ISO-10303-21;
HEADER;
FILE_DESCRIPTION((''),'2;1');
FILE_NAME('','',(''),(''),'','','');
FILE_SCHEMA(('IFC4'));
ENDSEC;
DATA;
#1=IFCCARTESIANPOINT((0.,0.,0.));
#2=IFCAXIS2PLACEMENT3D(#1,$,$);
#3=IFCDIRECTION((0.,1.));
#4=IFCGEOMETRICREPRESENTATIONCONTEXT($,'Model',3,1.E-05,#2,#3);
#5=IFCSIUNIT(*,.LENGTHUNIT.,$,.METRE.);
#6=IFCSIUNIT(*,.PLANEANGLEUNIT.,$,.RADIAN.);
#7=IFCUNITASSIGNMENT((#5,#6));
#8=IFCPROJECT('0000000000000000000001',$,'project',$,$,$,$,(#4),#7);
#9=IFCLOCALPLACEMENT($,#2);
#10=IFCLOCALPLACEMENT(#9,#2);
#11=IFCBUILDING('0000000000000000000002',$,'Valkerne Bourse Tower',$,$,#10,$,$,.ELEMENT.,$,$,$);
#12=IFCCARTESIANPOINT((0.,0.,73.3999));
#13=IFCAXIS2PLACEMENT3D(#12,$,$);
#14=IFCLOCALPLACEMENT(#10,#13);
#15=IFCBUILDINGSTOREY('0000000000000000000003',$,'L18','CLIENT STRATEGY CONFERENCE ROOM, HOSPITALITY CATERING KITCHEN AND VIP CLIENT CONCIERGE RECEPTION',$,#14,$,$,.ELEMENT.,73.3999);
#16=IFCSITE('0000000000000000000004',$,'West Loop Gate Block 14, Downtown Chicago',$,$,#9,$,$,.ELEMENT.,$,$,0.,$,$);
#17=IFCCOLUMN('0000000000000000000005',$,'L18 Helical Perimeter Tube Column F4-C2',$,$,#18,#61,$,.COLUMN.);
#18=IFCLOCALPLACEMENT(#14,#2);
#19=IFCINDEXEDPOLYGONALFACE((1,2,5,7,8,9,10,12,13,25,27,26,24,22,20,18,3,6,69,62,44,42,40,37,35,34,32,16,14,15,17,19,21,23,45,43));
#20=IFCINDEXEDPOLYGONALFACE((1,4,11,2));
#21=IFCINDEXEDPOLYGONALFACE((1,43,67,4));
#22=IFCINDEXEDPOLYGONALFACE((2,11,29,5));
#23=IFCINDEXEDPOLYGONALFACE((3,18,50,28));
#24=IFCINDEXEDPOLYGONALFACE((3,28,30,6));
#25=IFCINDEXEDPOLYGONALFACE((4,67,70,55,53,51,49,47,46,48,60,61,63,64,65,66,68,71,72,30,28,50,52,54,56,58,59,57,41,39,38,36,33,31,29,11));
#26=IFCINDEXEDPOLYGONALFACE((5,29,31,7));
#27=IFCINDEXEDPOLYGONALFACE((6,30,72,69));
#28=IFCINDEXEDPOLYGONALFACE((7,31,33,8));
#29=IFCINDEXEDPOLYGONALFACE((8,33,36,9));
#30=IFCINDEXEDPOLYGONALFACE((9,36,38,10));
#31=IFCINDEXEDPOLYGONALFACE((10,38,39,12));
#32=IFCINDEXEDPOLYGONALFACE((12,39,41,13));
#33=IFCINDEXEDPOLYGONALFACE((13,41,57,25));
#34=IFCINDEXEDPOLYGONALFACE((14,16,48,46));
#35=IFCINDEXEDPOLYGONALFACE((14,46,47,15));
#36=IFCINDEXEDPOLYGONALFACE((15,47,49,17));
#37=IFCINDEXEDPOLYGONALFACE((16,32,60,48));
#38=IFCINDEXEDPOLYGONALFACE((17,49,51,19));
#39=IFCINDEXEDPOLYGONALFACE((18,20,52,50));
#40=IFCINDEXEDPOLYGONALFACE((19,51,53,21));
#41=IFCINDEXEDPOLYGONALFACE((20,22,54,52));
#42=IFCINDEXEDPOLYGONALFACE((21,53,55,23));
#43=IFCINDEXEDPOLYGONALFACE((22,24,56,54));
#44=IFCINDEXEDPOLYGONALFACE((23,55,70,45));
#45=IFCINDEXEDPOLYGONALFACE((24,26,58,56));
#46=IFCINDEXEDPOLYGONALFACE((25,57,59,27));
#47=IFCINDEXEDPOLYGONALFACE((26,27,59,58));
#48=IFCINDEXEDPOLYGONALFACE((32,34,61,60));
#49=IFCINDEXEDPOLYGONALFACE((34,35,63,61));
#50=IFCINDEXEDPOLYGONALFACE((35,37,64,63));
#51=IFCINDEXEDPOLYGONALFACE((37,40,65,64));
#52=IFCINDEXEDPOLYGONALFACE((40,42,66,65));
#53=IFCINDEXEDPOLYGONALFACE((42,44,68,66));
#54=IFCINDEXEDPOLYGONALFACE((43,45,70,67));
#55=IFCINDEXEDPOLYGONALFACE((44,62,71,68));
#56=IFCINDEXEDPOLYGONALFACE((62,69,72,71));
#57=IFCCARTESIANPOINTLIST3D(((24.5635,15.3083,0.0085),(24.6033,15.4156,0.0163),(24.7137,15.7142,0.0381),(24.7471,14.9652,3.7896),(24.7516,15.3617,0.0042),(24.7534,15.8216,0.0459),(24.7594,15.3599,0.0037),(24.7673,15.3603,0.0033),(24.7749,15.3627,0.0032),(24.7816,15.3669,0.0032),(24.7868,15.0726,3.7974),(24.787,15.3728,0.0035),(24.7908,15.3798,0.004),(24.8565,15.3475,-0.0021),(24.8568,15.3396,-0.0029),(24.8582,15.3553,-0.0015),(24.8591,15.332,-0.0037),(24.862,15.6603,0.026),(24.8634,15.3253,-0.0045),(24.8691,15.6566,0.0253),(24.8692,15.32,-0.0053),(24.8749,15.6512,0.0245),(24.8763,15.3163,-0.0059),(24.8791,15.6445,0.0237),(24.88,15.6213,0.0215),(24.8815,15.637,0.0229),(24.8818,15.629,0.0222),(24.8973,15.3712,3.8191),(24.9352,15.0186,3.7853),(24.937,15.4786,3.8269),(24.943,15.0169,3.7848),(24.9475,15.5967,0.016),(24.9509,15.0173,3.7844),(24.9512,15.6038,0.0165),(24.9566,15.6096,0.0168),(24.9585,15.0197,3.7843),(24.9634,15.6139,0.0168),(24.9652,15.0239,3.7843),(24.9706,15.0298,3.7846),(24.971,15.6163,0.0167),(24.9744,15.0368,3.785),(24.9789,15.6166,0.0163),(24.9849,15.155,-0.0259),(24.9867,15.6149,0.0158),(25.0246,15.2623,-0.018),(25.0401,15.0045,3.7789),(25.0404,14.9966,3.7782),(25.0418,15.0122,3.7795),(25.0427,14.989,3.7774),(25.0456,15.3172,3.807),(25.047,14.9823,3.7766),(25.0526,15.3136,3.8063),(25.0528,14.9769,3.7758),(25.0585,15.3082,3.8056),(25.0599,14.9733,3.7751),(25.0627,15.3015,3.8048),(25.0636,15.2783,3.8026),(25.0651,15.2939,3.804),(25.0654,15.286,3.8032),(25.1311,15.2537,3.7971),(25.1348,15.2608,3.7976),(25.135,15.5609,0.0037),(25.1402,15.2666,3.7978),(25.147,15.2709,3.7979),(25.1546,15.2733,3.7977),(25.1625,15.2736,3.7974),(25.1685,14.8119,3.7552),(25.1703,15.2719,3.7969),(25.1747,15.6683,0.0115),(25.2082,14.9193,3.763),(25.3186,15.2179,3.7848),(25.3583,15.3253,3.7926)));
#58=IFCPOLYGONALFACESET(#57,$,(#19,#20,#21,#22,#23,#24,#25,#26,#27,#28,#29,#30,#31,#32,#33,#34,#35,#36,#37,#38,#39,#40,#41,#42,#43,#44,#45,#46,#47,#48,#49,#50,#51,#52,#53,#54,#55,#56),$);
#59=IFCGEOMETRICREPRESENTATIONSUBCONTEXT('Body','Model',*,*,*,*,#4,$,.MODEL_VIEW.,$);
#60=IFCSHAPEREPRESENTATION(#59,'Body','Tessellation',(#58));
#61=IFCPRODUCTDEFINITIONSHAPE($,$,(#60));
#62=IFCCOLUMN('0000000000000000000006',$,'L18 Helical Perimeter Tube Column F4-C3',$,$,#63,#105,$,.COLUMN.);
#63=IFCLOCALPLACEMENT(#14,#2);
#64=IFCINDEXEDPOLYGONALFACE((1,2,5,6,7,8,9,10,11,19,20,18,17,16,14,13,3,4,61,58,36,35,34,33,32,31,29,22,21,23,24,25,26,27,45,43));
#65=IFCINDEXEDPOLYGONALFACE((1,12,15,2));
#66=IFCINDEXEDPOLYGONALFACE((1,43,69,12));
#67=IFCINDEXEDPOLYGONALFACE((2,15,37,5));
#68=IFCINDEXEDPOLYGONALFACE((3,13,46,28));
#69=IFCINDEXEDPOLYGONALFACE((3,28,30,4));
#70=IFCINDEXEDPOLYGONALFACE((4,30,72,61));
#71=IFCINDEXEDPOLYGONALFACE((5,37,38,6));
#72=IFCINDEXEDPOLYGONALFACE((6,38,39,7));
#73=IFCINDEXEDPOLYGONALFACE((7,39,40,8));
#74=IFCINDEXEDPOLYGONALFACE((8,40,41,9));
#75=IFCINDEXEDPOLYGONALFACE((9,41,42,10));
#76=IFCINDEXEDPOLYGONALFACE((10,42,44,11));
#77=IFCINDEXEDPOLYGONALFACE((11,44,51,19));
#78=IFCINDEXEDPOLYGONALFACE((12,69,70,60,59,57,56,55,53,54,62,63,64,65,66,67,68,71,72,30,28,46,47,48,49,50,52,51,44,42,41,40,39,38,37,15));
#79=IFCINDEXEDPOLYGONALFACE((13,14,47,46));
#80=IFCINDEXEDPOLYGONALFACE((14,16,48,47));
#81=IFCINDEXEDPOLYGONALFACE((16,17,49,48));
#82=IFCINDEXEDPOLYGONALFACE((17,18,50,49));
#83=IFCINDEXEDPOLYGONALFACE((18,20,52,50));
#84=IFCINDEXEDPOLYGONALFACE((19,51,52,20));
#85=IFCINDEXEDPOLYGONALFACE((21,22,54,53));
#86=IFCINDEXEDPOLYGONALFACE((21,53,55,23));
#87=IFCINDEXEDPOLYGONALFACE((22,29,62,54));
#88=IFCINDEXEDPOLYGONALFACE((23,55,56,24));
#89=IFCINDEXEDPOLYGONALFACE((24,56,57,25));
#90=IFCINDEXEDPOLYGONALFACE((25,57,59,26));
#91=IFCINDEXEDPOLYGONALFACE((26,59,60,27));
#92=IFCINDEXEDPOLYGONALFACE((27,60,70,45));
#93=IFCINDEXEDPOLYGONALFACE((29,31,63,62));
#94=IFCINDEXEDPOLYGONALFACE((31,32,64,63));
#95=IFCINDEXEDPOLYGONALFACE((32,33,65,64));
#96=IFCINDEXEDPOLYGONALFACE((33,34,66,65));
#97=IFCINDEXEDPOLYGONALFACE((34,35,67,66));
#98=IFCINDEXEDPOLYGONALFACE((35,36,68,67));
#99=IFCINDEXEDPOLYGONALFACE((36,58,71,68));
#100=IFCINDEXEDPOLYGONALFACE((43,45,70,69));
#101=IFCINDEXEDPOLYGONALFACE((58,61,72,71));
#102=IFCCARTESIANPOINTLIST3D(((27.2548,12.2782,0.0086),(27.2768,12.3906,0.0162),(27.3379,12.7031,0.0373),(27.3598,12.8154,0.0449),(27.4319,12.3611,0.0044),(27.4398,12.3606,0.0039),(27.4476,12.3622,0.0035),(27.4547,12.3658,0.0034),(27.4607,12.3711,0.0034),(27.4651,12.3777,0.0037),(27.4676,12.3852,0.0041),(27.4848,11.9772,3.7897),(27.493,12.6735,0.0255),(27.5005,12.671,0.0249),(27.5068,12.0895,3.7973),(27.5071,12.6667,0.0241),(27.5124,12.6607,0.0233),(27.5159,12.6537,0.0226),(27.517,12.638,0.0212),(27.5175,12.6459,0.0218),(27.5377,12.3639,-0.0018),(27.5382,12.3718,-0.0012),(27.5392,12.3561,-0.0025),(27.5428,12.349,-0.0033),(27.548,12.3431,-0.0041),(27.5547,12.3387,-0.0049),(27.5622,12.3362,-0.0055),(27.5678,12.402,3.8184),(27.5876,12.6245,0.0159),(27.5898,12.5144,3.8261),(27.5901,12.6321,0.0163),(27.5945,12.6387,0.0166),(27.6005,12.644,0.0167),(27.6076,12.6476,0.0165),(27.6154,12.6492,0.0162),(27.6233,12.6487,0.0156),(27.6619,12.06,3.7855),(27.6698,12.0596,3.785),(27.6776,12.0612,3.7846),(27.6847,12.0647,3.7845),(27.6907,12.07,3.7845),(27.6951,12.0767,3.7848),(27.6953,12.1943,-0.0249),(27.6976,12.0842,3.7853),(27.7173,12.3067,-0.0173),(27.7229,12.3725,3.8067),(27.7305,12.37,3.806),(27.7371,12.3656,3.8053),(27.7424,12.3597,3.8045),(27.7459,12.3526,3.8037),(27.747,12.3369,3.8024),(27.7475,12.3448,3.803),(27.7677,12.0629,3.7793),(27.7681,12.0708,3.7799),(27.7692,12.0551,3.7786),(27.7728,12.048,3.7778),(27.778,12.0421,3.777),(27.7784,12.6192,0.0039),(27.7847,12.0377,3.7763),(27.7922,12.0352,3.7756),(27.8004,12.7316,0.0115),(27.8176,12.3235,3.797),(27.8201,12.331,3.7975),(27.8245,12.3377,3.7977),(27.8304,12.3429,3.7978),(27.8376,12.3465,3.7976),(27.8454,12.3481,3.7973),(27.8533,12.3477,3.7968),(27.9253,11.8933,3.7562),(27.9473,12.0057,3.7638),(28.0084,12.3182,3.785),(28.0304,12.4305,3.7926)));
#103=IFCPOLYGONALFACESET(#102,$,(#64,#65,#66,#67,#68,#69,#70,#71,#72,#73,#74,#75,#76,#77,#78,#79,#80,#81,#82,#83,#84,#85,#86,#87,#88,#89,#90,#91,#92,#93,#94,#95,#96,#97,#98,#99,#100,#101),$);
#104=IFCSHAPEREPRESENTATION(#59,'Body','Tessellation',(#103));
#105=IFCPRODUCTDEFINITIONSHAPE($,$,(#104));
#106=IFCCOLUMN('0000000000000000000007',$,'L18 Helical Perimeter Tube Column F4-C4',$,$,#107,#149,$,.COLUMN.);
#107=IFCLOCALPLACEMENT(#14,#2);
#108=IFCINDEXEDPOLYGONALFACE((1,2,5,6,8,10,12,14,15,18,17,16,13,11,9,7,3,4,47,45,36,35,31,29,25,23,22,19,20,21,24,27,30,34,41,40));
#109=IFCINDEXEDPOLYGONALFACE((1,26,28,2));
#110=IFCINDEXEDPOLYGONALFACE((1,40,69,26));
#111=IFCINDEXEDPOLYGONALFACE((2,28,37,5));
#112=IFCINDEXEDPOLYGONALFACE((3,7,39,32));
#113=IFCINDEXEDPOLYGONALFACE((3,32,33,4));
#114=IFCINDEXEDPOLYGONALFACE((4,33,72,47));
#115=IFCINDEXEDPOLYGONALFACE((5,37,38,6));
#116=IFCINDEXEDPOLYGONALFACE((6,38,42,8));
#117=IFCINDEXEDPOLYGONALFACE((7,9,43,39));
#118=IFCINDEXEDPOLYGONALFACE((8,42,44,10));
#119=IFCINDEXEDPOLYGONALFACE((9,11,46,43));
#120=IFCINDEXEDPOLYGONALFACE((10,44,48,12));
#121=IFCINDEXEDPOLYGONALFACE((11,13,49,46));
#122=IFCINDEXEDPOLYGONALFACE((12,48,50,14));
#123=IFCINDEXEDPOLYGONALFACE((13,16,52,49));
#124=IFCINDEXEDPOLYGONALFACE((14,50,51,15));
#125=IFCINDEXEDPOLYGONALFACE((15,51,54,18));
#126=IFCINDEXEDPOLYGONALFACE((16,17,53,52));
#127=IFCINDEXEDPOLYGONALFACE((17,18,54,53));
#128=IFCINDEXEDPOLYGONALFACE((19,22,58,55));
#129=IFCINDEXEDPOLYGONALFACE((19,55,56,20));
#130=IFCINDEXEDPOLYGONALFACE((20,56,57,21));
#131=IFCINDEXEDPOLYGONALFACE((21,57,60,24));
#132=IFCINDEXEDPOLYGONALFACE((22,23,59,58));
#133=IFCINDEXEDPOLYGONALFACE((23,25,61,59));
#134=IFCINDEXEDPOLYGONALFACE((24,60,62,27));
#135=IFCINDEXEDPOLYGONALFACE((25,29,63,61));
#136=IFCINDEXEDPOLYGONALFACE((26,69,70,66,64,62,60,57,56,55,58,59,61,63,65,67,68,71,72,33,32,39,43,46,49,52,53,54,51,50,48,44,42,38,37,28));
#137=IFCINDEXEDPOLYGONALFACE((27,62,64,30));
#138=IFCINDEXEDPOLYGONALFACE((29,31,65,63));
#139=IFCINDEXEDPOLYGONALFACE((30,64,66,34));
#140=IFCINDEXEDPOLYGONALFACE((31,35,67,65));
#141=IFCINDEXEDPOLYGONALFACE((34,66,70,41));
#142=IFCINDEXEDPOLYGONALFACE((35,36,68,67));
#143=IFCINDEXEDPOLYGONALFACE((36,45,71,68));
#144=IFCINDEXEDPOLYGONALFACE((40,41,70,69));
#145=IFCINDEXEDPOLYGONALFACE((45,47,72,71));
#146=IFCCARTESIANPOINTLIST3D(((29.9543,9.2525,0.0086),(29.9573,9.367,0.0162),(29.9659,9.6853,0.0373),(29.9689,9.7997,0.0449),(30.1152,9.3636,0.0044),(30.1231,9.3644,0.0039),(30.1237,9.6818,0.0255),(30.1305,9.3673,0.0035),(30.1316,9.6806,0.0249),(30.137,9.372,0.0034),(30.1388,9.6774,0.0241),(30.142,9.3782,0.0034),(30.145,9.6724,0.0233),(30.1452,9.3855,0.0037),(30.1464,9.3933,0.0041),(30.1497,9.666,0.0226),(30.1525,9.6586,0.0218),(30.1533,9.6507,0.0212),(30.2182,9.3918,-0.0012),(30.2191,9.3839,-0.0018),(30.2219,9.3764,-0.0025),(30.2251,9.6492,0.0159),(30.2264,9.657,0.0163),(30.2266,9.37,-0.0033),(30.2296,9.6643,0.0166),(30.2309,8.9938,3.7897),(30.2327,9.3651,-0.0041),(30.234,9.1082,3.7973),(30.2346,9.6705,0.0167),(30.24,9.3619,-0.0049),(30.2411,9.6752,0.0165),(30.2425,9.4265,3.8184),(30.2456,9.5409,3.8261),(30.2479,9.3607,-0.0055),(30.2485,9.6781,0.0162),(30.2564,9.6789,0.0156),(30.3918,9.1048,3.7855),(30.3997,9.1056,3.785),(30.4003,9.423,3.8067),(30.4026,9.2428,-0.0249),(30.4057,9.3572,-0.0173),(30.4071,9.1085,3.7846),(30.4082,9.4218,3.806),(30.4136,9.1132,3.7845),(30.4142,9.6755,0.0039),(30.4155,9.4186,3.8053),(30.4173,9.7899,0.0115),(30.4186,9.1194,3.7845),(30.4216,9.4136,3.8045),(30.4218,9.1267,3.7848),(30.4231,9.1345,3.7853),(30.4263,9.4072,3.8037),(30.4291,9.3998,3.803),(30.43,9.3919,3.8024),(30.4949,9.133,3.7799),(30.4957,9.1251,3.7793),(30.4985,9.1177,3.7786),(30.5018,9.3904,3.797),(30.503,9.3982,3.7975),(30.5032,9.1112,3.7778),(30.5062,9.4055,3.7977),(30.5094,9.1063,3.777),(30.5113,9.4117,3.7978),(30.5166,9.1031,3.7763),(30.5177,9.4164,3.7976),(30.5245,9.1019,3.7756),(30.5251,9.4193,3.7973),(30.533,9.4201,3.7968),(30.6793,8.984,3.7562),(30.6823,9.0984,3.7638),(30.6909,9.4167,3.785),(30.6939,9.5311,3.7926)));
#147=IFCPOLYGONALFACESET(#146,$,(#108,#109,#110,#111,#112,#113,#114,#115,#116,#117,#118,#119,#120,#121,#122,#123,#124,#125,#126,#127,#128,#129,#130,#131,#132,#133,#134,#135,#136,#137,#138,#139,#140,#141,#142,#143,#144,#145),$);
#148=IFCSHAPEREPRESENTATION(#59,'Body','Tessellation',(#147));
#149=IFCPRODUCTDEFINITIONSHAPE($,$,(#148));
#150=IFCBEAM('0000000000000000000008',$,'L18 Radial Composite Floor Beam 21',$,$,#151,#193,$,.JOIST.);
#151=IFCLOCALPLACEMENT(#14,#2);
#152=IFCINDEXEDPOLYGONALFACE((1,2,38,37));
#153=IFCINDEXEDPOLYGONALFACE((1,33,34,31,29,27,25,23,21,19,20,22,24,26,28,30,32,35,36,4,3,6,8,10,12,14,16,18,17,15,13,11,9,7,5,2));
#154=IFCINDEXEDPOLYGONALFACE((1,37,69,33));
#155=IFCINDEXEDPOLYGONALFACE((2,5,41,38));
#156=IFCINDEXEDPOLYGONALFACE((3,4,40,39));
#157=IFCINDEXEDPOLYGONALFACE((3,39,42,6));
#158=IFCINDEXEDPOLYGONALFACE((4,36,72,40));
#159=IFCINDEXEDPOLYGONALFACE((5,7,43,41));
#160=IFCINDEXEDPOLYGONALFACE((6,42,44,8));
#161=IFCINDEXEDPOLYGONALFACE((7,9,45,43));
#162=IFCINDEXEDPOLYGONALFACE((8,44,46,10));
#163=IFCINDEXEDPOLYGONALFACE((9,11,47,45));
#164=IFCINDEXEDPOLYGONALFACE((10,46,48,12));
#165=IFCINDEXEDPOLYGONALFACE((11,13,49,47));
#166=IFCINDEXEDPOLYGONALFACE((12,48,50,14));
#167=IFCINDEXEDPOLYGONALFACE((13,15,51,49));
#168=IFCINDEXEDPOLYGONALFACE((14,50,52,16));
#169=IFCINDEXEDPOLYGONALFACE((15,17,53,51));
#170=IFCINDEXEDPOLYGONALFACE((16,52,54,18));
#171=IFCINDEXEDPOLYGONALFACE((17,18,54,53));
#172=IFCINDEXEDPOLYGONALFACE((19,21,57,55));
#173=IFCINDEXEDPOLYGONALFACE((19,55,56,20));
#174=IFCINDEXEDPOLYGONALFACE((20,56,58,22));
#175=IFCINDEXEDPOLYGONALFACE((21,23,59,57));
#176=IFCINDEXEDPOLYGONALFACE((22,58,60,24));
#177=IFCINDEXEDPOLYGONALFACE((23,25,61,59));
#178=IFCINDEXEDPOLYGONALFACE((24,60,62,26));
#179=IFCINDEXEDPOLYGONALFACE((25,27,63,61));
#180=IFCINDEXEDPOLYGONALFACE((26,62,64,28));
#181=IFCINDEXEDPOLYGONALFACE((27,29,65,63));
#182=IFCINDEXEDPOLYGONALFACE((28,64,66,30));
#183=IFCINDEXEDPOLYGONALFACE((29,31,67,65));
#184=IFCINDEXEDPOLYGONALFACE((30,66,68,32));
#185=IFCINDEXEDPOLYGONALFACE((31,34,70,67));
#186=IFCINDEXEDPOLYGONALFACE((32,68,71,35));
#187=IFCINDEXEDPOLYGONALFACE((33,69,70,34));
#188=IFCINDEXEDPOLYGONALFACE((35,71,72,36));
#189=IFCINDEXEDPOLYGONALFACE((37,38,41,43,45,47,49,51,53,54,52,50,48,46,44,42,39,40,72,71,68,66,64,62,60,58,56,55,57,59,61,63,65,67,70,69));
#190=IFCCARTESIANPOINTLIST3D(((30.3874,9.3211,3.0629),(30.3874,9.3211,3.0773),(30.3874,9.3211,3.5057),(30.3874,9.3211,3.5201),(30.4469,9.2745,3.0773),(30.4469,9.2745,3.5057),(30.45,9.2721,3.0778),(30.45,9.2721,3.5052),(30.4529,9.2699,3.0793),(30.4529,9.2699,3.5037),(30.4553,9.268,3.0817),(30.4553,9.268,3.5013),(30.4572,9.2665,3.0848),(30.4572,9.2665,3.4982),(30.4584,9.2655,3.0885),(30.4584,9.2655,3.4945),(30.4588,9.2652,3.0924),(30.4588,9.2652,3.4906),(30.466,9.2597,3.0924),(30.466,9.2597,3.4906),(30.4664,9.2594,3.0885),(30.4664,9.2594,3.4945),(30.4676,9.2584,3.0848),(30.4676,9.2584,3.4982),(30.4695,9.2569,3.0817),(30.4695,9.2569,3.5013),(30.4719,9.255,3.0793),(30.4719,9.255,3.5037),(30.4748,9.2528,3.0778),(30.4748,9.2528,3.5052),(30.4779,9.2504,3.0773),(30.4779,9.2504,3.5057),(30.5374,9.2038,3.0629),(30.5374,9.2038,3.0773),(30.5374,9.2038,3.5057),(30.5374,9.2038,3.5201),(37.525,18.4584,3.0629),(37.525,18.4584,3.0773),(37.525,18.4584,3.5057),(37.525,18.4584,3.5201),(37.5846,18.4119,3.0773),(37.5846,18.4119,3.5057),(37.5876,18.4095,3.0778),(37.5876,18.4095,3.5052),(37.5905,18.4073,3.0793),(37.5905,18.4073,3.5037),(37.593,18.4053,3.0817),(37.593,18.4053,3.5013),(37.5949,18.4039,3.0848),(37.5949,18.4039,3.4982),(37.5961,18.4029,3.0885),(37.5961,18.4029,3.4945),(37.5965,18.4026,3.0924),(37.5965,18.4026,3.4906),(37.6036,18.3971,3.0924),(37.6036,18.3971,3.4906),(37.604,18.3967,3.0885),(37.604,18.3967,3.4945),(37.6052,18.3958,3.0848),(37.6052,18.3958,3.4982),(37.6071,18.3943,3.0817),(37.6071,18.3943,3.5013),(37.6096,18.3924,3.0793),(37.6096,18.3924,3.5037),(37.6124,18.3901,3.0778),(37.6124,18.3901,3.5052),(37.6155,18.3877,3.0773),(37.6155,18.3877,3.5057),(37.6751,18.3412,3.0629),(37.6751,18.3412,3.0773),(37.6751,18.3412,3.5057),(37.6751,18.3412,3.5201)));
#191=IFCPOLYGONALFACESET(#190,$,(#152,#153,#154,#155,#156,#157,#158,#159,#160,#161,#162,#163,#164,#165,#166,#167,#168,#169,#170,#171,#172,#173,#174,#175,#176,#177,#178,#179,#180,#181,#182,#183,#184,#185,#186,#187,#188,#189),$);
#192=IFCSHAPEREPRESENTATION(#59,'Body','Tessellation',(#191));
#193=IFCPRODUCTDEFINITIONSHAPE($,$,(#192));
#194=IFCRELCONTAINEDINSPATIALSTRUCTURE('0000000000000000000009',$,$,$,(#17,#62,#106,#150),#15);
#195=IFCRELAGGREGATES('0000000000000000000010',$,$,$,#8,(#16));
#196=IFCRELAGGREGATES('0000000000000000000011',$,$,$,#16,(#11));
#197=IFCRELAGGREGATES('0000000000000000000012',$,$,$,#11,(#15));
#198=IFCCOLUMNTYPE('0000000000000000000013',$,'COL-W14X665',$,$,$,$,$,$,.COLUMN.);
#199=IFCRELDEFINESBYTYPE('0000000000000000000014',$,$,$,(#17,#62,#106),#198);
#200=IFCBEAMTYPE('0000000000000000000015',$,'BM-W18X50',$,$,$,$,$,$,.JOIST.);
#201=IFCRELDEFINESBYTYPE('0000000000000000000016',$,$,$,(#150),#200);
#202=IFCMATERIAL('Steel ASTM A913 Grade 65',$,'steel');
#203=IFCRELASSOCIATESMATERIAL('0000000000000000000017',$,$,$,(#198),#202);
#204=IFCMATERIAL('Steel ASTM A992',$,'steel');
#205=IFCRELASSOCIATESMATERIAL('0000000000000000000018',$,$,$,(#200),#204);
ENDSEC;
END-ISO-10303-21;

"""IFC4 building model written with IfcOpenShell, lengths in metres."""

from ifc_helpers import new_model, si_unit, direction, frame, origin, origin_2d, place, context, subcontext, project, spatial, i_section, extrude, material, material_profile, profile_set, type_object, element, save


model = new_model("IFC4")

# Units and contexts
model_context = context("Model", 3, precision=1e-05, world=origin(), true_north=direction((0.0, 1.0)))
body_context = subcontext(model_context, "Body", "Model", "MODEL_VIEW")
ifc_project = project(units=[si_unit("LENGTHUNIT", "METRE"), si_unit("PLANEANGLEUNIT", "RADIAN")], contexts=[model_context])

# Site, building, storey
site_placement = place(None, origin())
site = spatial("IfcSite", under=ifc_project, at=site_placement, Name="West Loop Gate Block 14, Downtown Chicago", CompositionType="ELEMENT", RefElevation=0.0)
building_placement = place(site_placement, origin())
building = spatial("IfcBuilding", under=site, at=building_placement, Name="Valkerne Bourse Tower", CompositionType="ELEMENT")
storey_placement = place(building_placement, frame((0.0, 0.0, 73.3999)))
storey = spatial("IfcBuildingStorey", under=building, at=storey_placement, Name="L18", Description="CLIENT STRATEGY CONFERENCE ROOM, HOSPITALITY CATERING KITCHEN AND VIP CLIENT CONCIERGE RECEPTION", CompositionType="ELEMENT", Elevation=73.3999)

# Columns
ifc_material_1 = material(Name="Steel ASTM A913 Grade 65", Category="steel")
ifc_material_profile_1 = material_profile(ifc_material_1, i_section(OverallWidth=0.4497, OverallDepth=0.5486, WebThickness=0.072, FlangeThickness=0.1147, FilletRadius=0.0305, at=origin_2d()), Name="W14X665")
ifc_profile_set_1 = profile_set([ifc_material_profile_1], Name="Steel ASTM A913 Grade 65")
column_type = type_object("IfcColumnType", Name="COL-W14X665", PredefinedType="COLUMN", material=ifc_profile_set_1)
column_placement = place(storey_placement, frame((24.8691, 15.4883, 0.01), z_axis=(0.048302, -0.090245, 0.994748), x_axis=(0.936986, -0.340905, -0.076424)))
element("IfcColumn", 1, at=column_placement, inside=storey, type_object=column_type, Name="L18 Helical Perimeter Tube Column F4-C2", PredefinedType="COLUMN", context=body_context, shape_type="SweptSolid", body=[
    extrude(i_section(OverallWidth=0.4497, OverallDepth=0.5486, WebThickness=0.072, FlangeThickness=0.1147, FilletRadius=0.0305, at=origin_2d()), origin(), (0.0, 0.0, 1.0), 3.801),
])
for number, where, z_axis, x_axis, name in (
    (2, (27.5276, 12.5049, 0.01), (0.060522, -0.079219, 0.995018), (0.979633, -0.186492, -0.074434), "L18 Helical Perimeter Tube Column F4-C3"),
    (3, (30.1858, 9.5212, 0.01), (0.072794, -0.068104, 0.995019), (0.996989, -0.021777, -0.074428), "L18 Helical Perimeter Tube Column F4-C4"),
):
    element("IfcColumn", number, at=place(storey_placement, frame(where, z_axis=z_axis, x_axis=x_axis)), inside=storey, type_object=column_type, Name=name, PredefinedType="COLUMN", context=body_context, shape_type="SweptSolid", body=[
        extrude(i_section(OverallWidth=0.4497, OverallDepth=0.5486, WebThickness=0.072, FlangeThickness=0.1147, FilletRadius=0.0305, at=origin_2d()), origin(), (0.0, 0.0, 1.0), 3.8),
    ])

# Beam
ifc_material_2 = material(Name="Steel ASTM A992", Category="steel")
ifc_material_profile_2 = material_profile(ifc_material_2, i_section(OverallWidth=0.1904, OverallDepth=0.4573, WebThickness=0.009, FlangeThickness=0.0144, FilletRadius=0.0151, at=origin_2d()), Name="W18X50")
ifc_profile_set_2 = profile_set([ifc_material_profile_2], Name="Steel ASTM A992")
beam_type_1 = type_object("IfcBeamType", Name="BM-W18X50", PredefinedType="JOIST", material=ifc_profile_set_2)
beam_1_placement = place(storey_placement, frame((30.4624, 9.2625, 3.2915), z_axis=(0.615594, 0.788064, 0.0), x_axis=(-0.788064, 0.615594, 0.0)))
element("IfcBeam", 4, at=beam_1_placement, inside=storey, type_object=beam_type_1, Name="L18 Radial Composite Floor Beam 21", PredefinedType="JOIST", context=body_context, shape_type="SweptSolid", body=[
    extrude(i_section(OverallWidth=0.1904, OverallDepth=0.4573, WebThickness=0.009, FlangeThickness=0.0144, FilletRadius=0.0151, at=origin_2d()), origin(), (0.0, 0.0, 1.0), 11.5947),
])

save(model, "model.ifc")
